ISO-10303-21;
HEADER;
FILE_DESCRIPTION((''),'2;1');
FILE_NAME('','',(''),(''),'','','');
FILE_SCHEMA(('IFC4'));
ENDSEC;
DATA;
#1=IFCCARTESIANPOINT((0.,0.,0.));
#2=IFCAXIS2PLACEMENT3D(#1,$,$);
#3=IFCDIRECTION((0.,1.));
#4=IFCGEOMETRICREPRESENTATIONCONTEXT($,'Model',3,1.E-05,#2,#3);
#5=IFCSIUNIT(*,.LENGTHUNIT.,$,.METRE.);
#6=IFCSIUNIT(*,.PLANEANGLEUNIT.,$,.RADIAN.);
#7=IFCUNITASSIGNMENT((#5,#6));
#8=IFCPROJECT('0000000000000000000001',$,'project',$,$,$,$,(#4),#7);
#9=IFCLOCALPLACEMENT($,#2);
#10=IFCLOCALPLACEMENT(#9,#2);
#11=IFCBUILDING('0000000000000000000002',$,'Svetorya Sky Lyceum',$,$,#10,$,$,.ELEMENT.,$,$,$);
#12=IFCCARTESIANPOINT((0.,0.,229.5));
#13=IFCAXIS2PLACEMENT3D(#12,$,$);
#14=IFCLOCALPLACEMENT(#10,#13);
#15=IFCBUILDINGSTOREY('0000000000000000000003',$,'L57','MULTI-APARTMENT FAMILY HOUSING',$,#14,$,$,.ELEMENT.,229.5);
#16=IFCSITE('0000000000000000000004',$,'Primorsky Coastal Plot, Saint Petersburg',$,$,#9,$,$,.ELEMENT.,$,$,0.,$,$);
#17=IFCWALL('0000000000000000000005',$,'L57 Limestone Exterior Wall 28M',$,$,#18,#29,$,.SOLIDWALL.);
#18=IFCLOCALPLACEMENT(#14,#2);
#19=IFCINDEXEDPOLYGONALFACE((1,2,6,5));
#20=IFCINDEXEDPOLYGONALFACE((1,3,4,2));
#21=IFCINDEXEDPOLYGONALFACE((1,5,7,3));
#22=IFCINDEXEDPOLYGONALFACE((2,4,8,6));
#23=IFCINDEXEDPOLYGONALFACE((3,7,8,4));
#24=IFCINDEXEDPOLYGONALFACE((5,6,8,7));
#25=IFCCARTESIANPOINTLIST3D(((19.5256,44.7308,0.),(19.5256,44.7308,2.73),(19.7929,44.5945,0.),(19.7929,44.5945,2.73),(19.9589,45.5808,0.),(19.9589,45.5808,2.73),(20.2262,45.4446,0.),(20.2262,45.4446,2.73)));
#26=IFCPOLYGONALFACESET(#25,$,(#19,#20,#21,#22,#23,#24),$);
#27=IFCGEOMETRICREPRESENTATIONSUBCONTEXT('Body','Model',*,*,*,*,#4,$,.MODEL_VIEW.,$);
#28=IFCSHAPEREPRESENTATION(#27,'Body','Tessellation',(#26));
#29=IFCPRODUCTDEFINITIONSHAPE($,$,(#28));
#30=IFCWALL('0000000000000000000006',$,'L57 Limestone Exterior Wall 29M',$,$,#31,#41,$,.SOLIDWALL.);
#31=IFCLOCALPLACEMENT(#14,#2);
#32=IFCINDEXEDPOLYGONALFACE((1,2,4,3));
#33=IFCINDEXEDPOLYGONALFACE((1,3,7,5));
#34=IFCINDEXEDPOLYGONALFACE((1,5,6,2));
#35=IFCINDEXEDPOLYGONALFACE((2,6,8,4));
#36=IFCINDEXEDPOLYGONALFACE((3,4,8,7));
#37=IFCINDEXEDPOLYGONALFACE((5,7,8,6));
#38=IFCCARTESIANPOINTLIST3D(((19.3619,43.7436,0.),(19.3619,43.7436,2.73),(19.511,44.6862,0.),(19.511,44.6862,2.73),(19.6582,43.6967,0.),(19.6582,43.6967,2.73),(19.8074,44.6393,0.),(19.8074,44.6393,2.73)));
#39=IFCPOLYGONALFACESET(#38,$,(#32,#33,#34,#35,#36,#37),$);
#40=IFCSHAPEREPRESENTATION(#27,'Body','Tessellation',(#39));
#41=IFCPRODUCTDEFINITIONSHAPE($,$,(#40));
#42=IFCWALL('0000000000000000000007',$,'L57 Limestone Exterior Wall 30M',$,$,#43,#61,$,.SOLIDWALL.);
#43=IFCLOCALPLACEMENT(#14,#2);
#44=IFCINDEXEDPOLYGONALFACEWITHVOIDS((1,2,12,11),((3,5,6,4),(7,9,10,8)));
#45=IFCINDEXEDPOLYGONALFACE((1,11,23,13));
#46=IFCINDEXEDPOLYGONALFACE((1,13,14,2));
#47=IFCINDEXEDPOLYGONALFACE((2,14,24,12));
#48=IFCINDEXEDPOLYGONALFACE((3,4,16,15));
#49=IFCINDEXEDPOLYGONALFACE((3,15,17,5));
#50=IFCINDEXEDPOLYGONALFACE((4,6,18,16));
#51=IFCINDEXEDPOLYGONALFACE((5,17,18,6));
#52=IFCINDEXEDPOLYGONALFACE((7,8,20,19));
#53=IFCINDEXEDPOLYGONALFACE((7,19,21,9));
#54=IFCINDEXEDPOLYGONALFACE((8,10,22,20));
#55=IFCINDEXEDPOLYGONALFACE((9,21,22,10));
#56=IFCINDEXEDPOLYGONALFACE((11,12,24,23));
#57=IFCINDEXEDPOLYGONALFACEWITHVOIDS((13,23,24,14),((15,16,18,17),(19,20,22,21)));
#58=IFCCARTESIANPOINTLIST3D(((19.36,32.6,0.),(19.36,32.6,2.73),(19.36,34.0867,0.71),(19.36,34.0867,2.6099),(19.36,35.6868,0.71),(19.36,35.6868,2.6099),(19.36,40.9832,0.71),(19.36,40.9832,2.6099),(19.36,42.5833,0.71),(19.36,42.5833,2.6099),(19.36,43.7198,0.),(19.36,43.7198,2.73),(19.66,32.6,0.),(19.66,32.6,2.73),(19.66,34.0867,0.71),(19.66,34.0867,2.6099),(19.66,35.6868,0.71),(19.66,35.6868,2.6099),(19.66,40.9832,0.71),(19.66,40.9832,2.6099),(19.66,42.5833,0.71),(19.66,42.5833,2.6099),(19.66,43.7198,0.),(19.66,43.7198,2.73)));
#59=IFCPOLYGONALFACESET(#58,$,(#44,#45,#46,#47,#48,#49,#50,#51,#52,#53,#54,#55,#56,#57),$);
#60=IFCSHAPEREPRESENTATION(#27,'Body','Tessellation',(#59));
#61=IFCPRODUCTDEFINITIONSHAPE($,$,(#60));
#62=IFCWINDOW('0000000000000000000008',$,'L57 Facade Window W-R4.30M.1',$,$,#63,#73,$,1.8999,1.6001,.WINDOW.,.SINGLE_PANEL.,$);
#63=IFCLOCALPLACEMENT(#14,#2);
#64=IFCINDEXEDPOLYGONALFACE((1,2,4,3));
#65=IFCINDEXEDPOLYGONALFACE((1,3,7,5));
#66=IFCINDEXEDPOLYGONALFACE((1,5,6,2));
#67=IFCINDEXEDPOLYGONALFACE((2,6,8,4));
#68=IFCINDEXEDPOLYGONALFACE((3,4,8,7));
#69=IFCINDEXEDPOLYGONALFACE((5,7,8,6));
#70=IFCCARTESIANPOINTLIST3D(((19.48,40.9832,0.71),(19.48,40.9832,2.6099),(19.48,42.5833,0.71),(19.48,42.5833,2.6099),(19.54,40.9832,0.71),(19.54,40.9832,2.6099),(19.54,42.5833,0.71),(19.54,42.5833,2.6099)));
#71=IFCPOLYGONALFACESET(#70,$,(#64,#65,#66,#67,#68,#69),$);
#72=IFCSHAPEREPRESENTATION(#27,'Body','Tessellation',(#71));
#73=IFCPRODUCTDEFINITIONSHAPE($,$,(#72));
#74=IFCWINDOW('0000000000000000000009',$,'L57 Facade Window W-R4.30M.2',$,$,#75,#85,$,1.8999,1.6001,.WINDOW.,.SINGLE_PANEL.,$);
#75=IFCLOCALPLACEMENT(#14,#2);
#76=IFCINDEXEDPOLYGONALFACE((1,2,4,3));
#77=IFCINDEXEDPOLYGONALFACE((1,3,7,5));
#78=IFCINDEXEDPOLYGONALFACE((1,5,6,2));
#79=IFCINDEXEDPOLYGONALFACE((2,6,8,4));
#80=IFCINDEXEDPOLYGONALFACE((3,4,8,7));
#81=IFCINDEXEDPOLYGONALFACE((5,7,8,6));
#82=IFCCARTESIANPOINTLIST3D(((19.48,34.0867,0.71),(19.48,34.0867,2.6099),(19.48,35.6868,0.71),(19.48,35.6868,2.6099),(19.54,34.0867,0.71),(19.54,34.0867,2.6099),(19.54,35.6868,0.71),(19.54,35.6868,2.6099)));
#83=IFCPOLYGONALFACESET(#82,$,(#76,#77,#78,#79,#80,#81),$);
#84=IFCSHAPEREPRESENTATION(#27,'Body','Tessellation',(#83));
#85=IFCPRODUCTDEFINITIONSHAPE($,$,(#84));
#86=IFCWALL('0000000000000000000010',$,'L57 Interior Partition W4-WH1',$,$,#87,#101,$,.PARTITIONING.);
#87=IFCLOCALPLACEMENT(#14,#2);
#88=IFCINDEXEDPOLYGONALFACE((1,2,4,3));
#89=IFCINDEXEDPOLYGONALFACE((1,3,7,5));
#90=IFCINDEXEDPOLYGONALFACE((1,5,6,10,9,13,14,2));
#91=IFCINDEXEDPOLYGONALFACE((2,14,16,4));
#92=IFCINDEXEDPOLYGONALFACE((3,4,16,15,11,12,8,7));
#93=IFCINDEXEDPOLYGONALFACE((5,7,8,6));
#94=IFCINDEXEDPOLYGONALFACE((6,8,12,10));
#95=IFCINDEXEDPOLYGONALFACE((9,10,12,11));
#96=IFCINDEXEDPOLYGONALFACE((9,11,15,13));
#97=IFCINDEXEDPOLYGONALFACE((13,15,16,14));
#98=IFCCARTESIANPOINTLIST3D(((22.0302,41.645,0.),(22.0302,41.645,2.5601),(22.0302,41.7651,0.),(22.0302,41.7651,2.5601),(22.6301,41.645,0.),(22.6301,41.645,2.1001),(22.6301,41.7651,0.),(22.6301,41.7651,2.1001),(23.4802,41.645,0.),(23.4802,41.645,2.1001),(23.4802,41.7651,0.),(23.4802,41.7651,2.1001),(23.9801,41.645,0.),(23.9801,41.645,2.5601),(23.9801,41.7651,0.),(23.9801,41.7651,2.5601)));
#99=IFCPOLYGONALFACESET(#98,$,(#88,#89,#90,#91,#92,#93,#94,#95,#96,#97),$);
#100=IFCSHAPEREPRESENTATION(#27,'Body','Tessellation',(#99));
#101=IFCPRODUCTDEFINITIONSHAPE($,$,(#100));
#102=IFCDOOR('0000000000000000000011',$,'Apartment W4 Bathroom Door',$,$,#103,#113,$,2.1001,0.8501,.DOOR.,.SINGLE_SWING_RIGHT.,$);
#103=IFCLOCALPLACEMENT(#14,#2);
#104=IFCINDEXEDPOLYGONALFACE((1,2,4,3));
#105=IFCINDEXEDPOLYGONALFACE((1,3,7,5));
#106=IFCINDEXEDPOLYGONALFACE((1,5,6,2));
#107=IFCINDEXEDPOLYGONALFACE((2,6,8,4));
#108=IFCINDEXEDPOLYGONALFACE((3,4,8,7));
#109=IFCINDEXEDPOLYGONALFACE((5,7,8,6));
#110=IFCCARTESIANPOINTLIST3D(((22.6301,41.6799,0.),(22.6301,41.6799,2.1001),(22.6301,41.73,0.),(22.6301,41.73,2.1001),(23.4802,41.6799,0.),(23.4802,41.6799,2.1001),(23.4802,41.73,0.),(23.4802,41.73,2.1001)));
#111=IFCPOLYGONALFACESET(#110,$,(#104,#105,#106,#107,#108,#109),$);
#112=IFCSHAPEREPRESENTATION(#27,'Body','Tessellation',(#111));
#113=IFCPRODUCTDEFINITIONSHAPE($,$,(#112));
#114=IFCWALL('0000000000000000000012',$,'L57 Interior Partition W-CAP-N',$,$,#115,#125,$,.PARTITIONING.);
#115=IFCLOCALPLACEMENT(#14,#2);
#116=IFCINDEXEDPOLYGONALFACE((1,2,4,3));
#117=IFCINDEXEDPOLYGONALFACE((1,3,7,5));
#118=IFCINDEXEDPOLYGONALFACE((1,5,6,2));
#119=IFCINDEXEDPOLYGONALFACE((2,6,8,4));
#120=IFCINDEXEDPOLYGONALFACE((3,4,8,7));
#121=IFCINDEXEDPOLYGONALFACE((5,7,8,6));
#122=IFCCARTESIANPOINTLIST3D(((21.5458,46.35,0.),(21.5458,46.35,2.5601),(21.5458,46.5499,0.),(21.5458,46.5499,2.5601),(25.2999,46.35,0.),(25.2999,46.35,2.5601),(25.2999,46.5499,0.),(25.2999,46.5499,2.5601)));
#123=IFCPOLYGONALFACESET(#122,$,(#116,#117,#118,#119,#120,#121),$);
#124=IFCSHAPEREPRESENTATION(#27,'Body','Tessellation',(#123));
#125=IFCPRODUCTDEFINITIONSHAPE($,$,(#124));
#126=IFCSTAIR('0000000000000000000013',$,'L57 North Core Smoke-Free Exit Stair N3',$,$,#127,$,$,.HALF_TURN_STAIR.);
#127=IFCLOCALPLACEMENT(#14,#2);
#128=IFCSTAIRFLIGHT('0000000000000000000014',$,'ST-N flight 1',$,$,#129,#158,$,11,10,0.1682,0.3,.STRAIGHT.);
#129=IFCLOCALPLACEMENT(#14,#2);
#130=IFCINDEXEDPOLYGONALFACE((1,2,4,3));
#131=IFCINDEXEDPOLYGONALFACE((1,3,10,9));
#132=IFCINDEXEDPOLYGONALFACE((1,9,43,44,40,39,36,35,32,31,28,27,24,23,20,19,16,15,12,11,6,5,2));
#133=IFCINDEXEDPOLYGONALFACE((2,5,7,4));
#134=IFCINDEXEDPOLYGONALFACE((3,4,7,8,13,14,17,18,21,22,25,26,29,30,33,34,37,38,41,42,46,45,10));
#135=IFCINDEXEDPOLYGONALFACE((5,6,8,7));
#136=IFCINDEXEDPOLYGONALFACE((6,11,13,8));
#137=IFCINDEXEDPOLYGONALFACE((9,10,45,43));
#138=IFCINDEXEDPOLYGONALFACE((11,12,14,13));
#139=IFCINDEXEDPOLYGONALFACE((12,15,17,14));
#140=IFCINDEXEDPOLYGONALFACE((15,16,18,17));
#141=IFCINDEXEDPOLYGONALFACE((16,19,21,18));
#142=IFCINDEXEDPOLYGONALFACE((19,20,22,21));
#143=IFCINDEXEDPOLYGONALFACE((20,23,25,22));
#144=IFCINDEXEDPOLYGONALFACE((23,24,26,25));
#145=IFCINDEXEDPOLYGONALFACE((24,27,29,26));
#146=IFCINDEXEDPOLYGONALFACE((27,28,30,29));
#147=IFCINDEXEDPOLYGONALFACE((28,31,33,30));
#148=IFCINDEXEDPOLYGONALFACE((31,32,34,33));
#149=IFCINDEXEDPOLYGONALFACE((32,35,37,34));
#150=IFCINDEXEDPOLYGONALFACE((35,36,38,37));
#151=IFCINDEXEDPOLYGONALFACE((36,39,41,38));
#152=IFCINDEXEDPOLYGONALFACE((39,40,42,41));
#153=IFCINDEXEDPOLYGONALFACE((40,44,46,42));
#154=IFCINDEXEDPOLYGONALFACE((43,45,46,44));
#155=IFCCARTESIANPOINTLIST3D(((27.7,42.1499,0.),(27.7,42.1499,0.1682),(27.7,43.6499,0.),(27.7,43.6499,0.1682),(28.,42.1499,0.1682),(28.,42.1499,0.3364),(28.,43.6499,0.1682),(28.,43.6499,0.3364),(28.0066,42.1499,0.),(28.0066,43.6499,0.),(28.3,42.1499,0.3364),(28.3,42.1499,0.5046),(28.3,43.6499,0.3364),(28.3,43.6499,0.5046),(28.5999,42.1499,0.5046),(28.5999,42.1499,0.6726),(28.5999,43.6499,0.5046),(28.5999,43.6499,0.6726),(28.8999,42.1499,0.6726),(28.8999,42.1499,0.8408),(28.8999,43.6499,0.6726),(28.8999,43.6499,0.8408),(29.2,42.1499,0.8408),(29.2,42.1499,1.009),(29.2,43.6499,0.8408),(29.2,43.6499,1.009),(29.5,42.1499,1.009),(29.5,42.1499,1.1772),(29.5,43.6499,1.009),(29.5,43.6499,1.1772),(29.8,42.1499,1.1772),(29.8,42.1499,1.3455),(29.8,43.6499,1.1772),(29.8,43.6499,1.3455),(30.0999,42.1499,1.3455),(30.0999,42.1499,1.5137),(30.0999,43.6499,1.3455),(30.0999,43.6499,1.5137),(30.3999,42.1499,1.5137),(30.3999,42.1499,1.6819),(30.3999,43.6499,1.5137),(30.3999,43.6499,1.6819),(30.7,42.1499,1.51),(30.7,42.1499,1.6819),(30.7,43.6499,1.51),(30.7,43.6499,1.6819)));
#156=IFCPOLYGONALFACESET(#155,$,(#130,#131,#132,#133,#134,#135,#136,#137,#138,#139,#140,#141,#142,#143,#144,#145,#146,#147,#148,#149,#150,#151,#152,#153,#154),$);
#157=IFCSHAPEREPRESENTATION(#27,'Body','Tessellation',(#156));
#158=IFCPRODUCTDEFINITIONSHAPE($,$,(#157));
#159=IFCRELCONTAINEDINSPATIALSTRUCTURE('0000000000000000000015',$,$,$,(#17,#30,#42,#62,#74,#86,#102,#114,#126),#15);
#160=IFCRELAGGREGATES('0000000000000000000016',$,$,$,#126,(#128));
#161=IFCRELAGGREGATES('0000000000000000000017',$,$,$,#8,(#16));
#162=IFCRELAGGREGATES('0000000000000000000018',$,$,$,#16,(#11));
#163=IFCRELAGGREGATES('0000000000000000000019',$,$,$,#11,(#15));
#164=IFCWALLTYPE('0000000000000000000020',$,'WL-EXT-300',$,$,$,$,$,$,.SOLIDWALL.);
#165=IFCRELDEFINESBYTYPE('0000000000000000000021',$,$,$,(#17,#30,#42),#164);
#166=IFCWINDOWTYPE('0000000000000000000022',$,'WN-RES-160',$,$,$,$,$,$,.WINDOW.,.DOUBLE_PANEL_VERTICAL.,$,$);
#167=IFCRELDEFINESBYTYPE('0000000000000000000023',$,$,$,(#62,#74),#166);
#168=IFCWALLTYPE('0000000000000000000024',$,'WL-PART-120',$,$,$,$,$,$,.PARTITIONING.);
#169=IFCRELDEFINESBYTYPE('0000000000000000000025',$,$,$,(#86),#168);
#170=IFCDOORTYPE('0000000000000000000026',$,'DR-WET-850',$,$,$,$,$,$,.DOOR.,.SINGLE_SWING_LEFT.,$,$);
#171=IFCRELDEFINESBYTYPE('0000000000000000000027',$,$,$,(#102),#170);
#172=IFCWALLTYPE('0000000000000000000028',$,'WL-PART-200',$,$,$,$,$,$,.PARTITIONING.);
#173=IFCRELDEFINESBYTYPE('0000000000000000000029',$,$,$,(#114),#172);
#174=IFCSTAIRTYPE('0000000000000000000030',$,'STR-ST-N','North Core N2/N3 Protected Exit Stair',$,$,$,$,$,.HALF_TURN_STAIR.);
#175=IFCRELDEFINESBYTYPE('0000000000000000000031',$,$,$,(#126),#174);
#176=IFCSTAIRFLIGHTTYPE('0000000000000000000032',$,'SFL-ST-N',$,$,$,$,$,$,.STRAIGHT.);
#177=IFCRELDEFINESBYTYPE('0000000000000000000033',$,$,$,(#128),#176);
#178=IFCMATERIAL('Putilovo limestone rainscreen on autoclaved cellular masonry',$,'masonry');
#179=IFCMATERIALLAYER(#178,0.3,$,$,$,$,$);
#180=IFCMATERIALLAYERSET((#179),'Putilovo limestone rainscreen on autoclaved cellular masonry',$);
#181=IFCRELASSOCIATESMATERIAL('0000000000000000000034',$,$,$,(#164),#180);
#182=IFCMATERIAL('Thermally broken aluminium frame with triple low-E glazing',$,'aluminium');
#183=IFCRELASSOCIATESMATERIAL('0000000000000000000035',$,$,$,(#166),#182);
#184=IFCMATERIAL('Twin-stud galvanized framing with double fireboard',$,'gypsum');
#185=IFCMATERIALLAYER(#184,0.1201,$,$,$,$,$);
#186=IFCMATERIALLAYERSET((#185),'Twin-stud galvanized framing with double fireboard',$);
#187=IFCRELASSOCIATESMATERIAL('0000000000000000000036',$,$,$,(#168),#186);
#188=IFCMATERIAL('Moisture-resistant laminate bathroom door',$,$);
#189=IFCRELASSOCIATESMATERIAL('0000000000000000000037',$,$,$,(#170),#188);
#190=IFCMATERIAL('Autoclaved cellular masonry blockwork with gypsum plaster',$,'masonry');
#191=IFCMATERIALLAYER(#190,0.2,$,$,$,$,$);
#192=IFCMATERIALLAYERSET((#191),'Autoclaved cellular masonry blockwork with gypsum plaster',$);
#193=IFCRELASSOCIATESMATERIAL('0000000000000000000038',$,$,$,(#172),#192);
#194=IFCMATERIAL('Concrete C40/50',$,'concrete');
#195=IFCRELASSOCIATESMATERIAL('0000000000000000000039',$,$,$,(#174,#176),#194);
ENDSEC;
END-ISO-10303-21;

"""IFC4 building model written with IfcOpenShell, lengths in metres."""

from ifc_helpers import new_model, si_unit, direction, frame, frame_2d, origin, place, context, subcontext, project, spatial, polyline, rectangle, outline, extrude, material, layer, layer_set, type_object, element, fill, aggregate, save


model = new_model("IFC4")

# Units and contexts
model_context = context("Model", 3, precision=1e-05, world=origin(), true_north=direction((0.0, 1.0)))
body_context = subcontext(model_context, "Body", "Model", "MODEL_VIEW")
ifc_project = project(units=[si_unit("LENGTHUNIT", "METRE"), si_unit("PLANEANGLEUNIT", "RADIAN")], contexts=[model_context])

# Site, building, storey
site_placement = place(None, origin())
site = spatial("IfcSite", under=ifc_project, at=site_placement, Name="Primorsky Coastal Plot, Saint Petersburg", CompositionType="ELEMENT", RefElevation=0.0)
building_placement = place(site_placement, origin())
building = spatial("IfcBuilding", under=site, at=building_placement, Name="Svetorya Sky Lyceum", CompositionType="ELEMENT")
storey_placement = place(building_placement, frame((0.0, 0.0, 229.5)))
storey = spatial("IfcBuildingStorey", under=building, at=storey_placement, Name="L57", Description="MULTI-APARTMENT FAMILY HOUSING", CompositionType="ELEMENT", Elevation=229.5)

# Walls
ifc_material_1 = material(Name="Putilovo limestone rainscreen on autoclaved cellular masonry", Category="masonry")
ifc_layer_1 = layer(ifc_material_1, 0.3)
ifc_layer_set_1 = layer_set([ifc_layer_1], Name="Putilovo limestone rainscreen on autoclaved cellular masonry")
wall_type_1 = type_object("IfcWallType", Name="WL-EXT-300", PredefinedType="SOLIDWALL", material=ifc_layer_set_1)
wall_1_placement = place(storey_placement, frame((20.0925, 45.5127, 0.0), z_axis=(0.0, 0.0, 1.0), x_axis=(-0.45416, -0.89092, 0.0)))
element("IfcWall", 1, at=wall_1_placement, inside=storey, type_object=wall_type_1, Name="L57 Limestone Exterior Wall 28M", PredefinedType="SOLIDWALL", context=body_context, shape_type="SweptSolid", body=[
    extrude(rectangle(XDim=0.9541, YDim=0.3, at=frame_2d((0.4771, 0.0))), origin(), (0.0, 0.0, 1.0), 2.73),
])
wall_2_placement = place(storey_placement, frame((19.6592, 44.6626, 0.0), z_axis=(0.0, 0.0, 1.0), x_axis=(-0.156304, -0.987709, 0.0)))
element("IfcWall", 2, at=wall_2_placement, inside=storey, type_object=wall_type_1, Name="L57 Limestone Exterior Wall 29M", PredefinedType="SOLIDWALL", context=body_context, shape_type="SweptSolid", body=[
    extrude(rectangle(XDim=0.9543, YDim=0.3, at=frame_2d((0.4771, 0.0))), origin(), (0.0, 0.0, 1.0), 2.73),
])

# Wall, openings, windows
wall_3_placement = place(storey_placement, frame((19.51, 43.72, 0.0), z_axis=(0.0, 0.0, 1.0), x_axis=(0.0, -1.0, 0.0)))
wall_3 = element("IfcWall", 3, at=wall_3_placement, inside=storey, type_object=wall_type_1, Name="L57 Limestone Exterior Wall 30M", PredefinedType="SOLIDWALL", context=body_context, shape_type="SweptSolid", body=[
    extrude(rectangle(XDim=11.1199, YDim=0.3, at=frame_2d((5.5601, 0.0))), origin(), (0.0, 0.0, 1.0), 2.73),
])
opening_1_placement = place(wall_3_placement, frame((1.1367, 0.0, 0.71)))
opening_1 = element("IfcOpeningElement", 4, at=opening_1_placement, cuts=wall_3, PredefinedType="OPENING", context=body_context, shape_type="SweptSolid", body=[
    extrude(rectangle(XDim=1.6001, YDim=1.8999, at=frame_2d((0.8, 0.95))), frame((0.0, 0.1599, 0.0), z_axis=(0.0, -1.0, 0.0), x_axis=(1.0, 0.0, 0.0)), (0.0, 0.0, 1.0), 0.3201),
])
opening_2_placement = place(wall_3_placement, frame((8.0332, 0.0, 0.71)))
opening_2 = element("IfcOpeningElement", 5, at=opening_2_placement, cuts=wall_3, PredefinedType="OPENING", context=body_context, shape_type="SweptSolid", body=[
    extrude(rectangle(XDim=1.6001, YDim=1.8999, at=frame_2d((0.8, 0.95))), frame((0.0, 0.1599, 0.0), z_axis=(0.0, -1.0, 0.0), x_axis=(1.0, 0.0, 0.0)), (0.0, 0.0, 1.0), 0.3201),
])
ifc_material_2 = material(Name="Thermally broken aluminium frame with triple low-E glazing", Category="aluminium")
window_type = type_object("IfcWindowType", Name="WN-RES-160", PartitioningType="DOUBLE_PANEL_VERTICAL", PredefinedType="WINDOW", material=ifc_material_2)
window_1_placement = place(opening_1_placement, origin())
window_1 = element("IfcWindow", 6, at=window_1_placement, inside=storey, type_object=window_type, Name="L57 Facade Window W-R4.30M.1", OverallHeight=1.8999, OverallWidth=1.6001, PartitioningType="SINGLE_PANEL", PredefinedType="WINDOW", context=body_context, shape_type="SweptSolid", body=[
    extrude(rectangle(XDim=1.6001, YDim=1.8999, at=frame_2d((0.8, 0.95))), frame((0.0, 0.03, 0.0), z_axis=(0.0, -1.0, 0.0), x_axis=(1.0, 0.0, 0.0)), (0.0, 0.0, 1.0), 0.0601),
])
fill(opening_1, window_1)
window_2_placement = place(opening_2_placement, origin())
window_2 = element("IfcWindow", 7, at=window_2_placement, inside=storey, type_object=window_type, Name="L57 Facade Window W-R4.30M.2", OverallHeight=1.8999, OverallWidth=1.6001, PartitioningType="SINGLE_PANEL", PredefinedType="WINDOW", context=body_context, shape_type="SweptSolid", body=[
    extrude(rectangle(XDim=1.6001, YDim=1.8999, at=frame_2d((0.8, 0.95))), frame((0.0, 0.03, 0.0), z_axis=(0.0, -1.0, 0.0), x_axis=(1.0, 0.0, 0.0)), (0.0, 0.0, 1.0), 0.0601),
])
fill(opening_2, window_2)

# Wall, opening, door
ifc_material_3 = material(Name="Twin-stud galvanized framing with double fireboard", Category="gypsum")
ifc_layer_2 = layer(ifc_material_3, 0.1201)
ifc_layer_set_2 = layer_set([ifc_layer_2], Name="Twin-stud galvanized framing with double fireboard")
wall_type_2 = type_object("IfcWallType", Name="WL-PART-120", PredefinedType="PARTITIONING", material=ifc_layer_set_2)
wall_4_placement = place(storey_placement, frame((22.03, 41.7051, 0.0), z_axis=(0.0, 0.0, 1.0), x_axis=(1.0, 0.0, 0.0)))
wall_4 = element("IfcWall", 8, at=wall_4_placement, inside=storey, type_object=wall_type_2, Name="L57 Interior Partition W4-WH1", PredefinedType="PARTITIONING", context=body_context, shape_type="SweptSolid", body=[
    extrude(rectangle(XDim=1.95, YDim=0.1201, at=frame_2d((0.9751, 0.0))), origin(), (0.0, 0.0, 1.0), 2.5601),
])
opening_3_placement = place(wall_4_placement, frame((0.6001, 0.0, 0.0)))
opening_3 = element("IfcOpeningElement", 9, at=opening_3_placement, cuts=wall_4, PredefinedType="OPENING", context=body_context, shape_type="SweptSolid", body=[
    extrude(rectangle(XDim=0.8501, YDim=2.1001, at=frame_2d((0.425, 1.05))), frame((0.0, 0.0701, 0.0), z_axis=(0.0, -1.0, 0.0), x_axis=(1.0, 0.0, 0.0)), (0.0, 0.0, 1.0), 0.1401),
])
ifc_material_4 = material(Name="Moisture-resistant laminate bathroom door")
door_type = type_object("IfcDoorType", Name="DR-WET-850", OperationType="SINGLE_SWING_LEFT", PredefinedType="DOOR", material=ifc_material_4)
door_placement = place(opening_3_placement, origin())
door = element("IfcDoor", 10, at=door_placement, inside=storey, type_object=door_type, Name="Apartment W4 Bathroom Door", OperationType="SINGLE_SWING_RIGHT", OverallHeight=2.1001, OverallWidth=0.8501, PredefinedType="DOOR", context=body_context, shape_type="SweptSolid", body=[
    extrude(rectangle(XDim=0.8501, YDim=2.1001, at=frame_2d((0.425, 1.05))), frame((0.0, 0.0249, 0.0), z_axis=(0.0, -1.0, 0.0), x_axis=(1.0, 0.0, 0.0)), (0.0, 0.0, 1.0), 0.05),
])
fill(opening_3, door)

# Wall
ifc_material_5 = material(Name="Autoclaved cellular masonry blockwork with gypsum plaster", Category="masonry")
ifc_layer_3 = layer(ifc_material_5, 0.2)
ifc_layer_set_3 = layer_set([ifc_layer_3], Name="Autoclaved cellular masonry blockwork with gypsum plaster")
wall_type_3 = type_object("IfcWallType", Name="WL-PART-200", PredefinedType="PARTITIONING", material=ifc_layer_set_3)
wall_5_placement = place(storey_placement, frame((21.5459, 46.45, 0.0), z_axis=(0.0, 0.0, 1.0), x_axis=(1.0, 0.0, 0.0)))
element("IfcWall", 11, at=wall_5_placement, inside=storey, type_object=wall_type_3, Name="L57 Interior Partition W-CAP-N", PredefinedType="PARTITIONING", context=body_context, shape_type="SweptSolid", body=[
    extrude(rectangle(XDim=3.7542, YDim=0.2, at=frame_2d((1.877, 0.0))), origin(), (0.0, 0.0, 1.0), 2.5601),
])

# Stair, stair flight
ifc_material_6 = material(Name="Concrete C40/50", Category="concrete")
stair_type = type_object("IfcStairType", Name="STR-ST-N", Description="North Core N2/N3 Protected Exit Stair", PredefinedType="HALF_TURN_STAIR", material=ifc_material_6)
stair_placement = place(storey_placement, origin())
stair = element("IfcStair", 12, at=stair_placement, inside=storey, type_object=stair_type, Name="L57 North Core Smoke-Free Exit Stair N3", PredefinedType="HALF_TURN_STAIR")
stair_flight_type = type_object("IfcStairFlightType", Name="SFL-ST-N", PredefinedType="STRAIGHT", material=ifc_material_6)
stair_flight_1_placement = place(storey_placement, frame((27.7, 42.8999, 0.0), z_axis=(0.0, 0.0, 1.0), x_axis=(1.0, 0.0, 0.0)))
stair_flight_1 = element("IfcStairFlight", 13, at=stair_flight_1_placement, type_object=stair_flight_type, Name="ST-N flight 1", NumberOfRisers=11, NumberOfTreads=10, PredefinedType="STRAIGHT", RiserHeight=0.1682, TreadLength=0.3, context=body_context, shape_type="SweptSolid", body=[
    extrude(outline(polyline([(0.0, 0.0), (0.0, 0.1682), (0.3, 0.1682), (0.3, 0.3364), (0.6001, 0.3364), (0.6001, 0.5046), (0.8999, 0.5046), (0.8999, 0.6726), (1.2, 0.6726), (1.2, 0.8408), (1.5, 0.8408), (1.5, 1.009), (1.8, 1.009), (1.8, 1.1772), (2.1001, 1.1772), (2.1001, 1.3455), (2.3999, 1.3455), (2.3999, 1.5137), (2.7, 1.5137), (2.7, 1.6819), (3.0, 1.6819), (3.0, 1.8501), (3.0, 1.51), (0.3066, 0.0), (0.0, 0.0)])), frame((0.0, 0.75, 0.0), z_axis=(0.0, -1.0, 0.0), x_axis=(1.0, 0.0, 0.0)), (0.0, 0.0, 1.0), 1.5),
])
aggregate(stair, [stair_flight_1])

save(model, "model.ifc")
